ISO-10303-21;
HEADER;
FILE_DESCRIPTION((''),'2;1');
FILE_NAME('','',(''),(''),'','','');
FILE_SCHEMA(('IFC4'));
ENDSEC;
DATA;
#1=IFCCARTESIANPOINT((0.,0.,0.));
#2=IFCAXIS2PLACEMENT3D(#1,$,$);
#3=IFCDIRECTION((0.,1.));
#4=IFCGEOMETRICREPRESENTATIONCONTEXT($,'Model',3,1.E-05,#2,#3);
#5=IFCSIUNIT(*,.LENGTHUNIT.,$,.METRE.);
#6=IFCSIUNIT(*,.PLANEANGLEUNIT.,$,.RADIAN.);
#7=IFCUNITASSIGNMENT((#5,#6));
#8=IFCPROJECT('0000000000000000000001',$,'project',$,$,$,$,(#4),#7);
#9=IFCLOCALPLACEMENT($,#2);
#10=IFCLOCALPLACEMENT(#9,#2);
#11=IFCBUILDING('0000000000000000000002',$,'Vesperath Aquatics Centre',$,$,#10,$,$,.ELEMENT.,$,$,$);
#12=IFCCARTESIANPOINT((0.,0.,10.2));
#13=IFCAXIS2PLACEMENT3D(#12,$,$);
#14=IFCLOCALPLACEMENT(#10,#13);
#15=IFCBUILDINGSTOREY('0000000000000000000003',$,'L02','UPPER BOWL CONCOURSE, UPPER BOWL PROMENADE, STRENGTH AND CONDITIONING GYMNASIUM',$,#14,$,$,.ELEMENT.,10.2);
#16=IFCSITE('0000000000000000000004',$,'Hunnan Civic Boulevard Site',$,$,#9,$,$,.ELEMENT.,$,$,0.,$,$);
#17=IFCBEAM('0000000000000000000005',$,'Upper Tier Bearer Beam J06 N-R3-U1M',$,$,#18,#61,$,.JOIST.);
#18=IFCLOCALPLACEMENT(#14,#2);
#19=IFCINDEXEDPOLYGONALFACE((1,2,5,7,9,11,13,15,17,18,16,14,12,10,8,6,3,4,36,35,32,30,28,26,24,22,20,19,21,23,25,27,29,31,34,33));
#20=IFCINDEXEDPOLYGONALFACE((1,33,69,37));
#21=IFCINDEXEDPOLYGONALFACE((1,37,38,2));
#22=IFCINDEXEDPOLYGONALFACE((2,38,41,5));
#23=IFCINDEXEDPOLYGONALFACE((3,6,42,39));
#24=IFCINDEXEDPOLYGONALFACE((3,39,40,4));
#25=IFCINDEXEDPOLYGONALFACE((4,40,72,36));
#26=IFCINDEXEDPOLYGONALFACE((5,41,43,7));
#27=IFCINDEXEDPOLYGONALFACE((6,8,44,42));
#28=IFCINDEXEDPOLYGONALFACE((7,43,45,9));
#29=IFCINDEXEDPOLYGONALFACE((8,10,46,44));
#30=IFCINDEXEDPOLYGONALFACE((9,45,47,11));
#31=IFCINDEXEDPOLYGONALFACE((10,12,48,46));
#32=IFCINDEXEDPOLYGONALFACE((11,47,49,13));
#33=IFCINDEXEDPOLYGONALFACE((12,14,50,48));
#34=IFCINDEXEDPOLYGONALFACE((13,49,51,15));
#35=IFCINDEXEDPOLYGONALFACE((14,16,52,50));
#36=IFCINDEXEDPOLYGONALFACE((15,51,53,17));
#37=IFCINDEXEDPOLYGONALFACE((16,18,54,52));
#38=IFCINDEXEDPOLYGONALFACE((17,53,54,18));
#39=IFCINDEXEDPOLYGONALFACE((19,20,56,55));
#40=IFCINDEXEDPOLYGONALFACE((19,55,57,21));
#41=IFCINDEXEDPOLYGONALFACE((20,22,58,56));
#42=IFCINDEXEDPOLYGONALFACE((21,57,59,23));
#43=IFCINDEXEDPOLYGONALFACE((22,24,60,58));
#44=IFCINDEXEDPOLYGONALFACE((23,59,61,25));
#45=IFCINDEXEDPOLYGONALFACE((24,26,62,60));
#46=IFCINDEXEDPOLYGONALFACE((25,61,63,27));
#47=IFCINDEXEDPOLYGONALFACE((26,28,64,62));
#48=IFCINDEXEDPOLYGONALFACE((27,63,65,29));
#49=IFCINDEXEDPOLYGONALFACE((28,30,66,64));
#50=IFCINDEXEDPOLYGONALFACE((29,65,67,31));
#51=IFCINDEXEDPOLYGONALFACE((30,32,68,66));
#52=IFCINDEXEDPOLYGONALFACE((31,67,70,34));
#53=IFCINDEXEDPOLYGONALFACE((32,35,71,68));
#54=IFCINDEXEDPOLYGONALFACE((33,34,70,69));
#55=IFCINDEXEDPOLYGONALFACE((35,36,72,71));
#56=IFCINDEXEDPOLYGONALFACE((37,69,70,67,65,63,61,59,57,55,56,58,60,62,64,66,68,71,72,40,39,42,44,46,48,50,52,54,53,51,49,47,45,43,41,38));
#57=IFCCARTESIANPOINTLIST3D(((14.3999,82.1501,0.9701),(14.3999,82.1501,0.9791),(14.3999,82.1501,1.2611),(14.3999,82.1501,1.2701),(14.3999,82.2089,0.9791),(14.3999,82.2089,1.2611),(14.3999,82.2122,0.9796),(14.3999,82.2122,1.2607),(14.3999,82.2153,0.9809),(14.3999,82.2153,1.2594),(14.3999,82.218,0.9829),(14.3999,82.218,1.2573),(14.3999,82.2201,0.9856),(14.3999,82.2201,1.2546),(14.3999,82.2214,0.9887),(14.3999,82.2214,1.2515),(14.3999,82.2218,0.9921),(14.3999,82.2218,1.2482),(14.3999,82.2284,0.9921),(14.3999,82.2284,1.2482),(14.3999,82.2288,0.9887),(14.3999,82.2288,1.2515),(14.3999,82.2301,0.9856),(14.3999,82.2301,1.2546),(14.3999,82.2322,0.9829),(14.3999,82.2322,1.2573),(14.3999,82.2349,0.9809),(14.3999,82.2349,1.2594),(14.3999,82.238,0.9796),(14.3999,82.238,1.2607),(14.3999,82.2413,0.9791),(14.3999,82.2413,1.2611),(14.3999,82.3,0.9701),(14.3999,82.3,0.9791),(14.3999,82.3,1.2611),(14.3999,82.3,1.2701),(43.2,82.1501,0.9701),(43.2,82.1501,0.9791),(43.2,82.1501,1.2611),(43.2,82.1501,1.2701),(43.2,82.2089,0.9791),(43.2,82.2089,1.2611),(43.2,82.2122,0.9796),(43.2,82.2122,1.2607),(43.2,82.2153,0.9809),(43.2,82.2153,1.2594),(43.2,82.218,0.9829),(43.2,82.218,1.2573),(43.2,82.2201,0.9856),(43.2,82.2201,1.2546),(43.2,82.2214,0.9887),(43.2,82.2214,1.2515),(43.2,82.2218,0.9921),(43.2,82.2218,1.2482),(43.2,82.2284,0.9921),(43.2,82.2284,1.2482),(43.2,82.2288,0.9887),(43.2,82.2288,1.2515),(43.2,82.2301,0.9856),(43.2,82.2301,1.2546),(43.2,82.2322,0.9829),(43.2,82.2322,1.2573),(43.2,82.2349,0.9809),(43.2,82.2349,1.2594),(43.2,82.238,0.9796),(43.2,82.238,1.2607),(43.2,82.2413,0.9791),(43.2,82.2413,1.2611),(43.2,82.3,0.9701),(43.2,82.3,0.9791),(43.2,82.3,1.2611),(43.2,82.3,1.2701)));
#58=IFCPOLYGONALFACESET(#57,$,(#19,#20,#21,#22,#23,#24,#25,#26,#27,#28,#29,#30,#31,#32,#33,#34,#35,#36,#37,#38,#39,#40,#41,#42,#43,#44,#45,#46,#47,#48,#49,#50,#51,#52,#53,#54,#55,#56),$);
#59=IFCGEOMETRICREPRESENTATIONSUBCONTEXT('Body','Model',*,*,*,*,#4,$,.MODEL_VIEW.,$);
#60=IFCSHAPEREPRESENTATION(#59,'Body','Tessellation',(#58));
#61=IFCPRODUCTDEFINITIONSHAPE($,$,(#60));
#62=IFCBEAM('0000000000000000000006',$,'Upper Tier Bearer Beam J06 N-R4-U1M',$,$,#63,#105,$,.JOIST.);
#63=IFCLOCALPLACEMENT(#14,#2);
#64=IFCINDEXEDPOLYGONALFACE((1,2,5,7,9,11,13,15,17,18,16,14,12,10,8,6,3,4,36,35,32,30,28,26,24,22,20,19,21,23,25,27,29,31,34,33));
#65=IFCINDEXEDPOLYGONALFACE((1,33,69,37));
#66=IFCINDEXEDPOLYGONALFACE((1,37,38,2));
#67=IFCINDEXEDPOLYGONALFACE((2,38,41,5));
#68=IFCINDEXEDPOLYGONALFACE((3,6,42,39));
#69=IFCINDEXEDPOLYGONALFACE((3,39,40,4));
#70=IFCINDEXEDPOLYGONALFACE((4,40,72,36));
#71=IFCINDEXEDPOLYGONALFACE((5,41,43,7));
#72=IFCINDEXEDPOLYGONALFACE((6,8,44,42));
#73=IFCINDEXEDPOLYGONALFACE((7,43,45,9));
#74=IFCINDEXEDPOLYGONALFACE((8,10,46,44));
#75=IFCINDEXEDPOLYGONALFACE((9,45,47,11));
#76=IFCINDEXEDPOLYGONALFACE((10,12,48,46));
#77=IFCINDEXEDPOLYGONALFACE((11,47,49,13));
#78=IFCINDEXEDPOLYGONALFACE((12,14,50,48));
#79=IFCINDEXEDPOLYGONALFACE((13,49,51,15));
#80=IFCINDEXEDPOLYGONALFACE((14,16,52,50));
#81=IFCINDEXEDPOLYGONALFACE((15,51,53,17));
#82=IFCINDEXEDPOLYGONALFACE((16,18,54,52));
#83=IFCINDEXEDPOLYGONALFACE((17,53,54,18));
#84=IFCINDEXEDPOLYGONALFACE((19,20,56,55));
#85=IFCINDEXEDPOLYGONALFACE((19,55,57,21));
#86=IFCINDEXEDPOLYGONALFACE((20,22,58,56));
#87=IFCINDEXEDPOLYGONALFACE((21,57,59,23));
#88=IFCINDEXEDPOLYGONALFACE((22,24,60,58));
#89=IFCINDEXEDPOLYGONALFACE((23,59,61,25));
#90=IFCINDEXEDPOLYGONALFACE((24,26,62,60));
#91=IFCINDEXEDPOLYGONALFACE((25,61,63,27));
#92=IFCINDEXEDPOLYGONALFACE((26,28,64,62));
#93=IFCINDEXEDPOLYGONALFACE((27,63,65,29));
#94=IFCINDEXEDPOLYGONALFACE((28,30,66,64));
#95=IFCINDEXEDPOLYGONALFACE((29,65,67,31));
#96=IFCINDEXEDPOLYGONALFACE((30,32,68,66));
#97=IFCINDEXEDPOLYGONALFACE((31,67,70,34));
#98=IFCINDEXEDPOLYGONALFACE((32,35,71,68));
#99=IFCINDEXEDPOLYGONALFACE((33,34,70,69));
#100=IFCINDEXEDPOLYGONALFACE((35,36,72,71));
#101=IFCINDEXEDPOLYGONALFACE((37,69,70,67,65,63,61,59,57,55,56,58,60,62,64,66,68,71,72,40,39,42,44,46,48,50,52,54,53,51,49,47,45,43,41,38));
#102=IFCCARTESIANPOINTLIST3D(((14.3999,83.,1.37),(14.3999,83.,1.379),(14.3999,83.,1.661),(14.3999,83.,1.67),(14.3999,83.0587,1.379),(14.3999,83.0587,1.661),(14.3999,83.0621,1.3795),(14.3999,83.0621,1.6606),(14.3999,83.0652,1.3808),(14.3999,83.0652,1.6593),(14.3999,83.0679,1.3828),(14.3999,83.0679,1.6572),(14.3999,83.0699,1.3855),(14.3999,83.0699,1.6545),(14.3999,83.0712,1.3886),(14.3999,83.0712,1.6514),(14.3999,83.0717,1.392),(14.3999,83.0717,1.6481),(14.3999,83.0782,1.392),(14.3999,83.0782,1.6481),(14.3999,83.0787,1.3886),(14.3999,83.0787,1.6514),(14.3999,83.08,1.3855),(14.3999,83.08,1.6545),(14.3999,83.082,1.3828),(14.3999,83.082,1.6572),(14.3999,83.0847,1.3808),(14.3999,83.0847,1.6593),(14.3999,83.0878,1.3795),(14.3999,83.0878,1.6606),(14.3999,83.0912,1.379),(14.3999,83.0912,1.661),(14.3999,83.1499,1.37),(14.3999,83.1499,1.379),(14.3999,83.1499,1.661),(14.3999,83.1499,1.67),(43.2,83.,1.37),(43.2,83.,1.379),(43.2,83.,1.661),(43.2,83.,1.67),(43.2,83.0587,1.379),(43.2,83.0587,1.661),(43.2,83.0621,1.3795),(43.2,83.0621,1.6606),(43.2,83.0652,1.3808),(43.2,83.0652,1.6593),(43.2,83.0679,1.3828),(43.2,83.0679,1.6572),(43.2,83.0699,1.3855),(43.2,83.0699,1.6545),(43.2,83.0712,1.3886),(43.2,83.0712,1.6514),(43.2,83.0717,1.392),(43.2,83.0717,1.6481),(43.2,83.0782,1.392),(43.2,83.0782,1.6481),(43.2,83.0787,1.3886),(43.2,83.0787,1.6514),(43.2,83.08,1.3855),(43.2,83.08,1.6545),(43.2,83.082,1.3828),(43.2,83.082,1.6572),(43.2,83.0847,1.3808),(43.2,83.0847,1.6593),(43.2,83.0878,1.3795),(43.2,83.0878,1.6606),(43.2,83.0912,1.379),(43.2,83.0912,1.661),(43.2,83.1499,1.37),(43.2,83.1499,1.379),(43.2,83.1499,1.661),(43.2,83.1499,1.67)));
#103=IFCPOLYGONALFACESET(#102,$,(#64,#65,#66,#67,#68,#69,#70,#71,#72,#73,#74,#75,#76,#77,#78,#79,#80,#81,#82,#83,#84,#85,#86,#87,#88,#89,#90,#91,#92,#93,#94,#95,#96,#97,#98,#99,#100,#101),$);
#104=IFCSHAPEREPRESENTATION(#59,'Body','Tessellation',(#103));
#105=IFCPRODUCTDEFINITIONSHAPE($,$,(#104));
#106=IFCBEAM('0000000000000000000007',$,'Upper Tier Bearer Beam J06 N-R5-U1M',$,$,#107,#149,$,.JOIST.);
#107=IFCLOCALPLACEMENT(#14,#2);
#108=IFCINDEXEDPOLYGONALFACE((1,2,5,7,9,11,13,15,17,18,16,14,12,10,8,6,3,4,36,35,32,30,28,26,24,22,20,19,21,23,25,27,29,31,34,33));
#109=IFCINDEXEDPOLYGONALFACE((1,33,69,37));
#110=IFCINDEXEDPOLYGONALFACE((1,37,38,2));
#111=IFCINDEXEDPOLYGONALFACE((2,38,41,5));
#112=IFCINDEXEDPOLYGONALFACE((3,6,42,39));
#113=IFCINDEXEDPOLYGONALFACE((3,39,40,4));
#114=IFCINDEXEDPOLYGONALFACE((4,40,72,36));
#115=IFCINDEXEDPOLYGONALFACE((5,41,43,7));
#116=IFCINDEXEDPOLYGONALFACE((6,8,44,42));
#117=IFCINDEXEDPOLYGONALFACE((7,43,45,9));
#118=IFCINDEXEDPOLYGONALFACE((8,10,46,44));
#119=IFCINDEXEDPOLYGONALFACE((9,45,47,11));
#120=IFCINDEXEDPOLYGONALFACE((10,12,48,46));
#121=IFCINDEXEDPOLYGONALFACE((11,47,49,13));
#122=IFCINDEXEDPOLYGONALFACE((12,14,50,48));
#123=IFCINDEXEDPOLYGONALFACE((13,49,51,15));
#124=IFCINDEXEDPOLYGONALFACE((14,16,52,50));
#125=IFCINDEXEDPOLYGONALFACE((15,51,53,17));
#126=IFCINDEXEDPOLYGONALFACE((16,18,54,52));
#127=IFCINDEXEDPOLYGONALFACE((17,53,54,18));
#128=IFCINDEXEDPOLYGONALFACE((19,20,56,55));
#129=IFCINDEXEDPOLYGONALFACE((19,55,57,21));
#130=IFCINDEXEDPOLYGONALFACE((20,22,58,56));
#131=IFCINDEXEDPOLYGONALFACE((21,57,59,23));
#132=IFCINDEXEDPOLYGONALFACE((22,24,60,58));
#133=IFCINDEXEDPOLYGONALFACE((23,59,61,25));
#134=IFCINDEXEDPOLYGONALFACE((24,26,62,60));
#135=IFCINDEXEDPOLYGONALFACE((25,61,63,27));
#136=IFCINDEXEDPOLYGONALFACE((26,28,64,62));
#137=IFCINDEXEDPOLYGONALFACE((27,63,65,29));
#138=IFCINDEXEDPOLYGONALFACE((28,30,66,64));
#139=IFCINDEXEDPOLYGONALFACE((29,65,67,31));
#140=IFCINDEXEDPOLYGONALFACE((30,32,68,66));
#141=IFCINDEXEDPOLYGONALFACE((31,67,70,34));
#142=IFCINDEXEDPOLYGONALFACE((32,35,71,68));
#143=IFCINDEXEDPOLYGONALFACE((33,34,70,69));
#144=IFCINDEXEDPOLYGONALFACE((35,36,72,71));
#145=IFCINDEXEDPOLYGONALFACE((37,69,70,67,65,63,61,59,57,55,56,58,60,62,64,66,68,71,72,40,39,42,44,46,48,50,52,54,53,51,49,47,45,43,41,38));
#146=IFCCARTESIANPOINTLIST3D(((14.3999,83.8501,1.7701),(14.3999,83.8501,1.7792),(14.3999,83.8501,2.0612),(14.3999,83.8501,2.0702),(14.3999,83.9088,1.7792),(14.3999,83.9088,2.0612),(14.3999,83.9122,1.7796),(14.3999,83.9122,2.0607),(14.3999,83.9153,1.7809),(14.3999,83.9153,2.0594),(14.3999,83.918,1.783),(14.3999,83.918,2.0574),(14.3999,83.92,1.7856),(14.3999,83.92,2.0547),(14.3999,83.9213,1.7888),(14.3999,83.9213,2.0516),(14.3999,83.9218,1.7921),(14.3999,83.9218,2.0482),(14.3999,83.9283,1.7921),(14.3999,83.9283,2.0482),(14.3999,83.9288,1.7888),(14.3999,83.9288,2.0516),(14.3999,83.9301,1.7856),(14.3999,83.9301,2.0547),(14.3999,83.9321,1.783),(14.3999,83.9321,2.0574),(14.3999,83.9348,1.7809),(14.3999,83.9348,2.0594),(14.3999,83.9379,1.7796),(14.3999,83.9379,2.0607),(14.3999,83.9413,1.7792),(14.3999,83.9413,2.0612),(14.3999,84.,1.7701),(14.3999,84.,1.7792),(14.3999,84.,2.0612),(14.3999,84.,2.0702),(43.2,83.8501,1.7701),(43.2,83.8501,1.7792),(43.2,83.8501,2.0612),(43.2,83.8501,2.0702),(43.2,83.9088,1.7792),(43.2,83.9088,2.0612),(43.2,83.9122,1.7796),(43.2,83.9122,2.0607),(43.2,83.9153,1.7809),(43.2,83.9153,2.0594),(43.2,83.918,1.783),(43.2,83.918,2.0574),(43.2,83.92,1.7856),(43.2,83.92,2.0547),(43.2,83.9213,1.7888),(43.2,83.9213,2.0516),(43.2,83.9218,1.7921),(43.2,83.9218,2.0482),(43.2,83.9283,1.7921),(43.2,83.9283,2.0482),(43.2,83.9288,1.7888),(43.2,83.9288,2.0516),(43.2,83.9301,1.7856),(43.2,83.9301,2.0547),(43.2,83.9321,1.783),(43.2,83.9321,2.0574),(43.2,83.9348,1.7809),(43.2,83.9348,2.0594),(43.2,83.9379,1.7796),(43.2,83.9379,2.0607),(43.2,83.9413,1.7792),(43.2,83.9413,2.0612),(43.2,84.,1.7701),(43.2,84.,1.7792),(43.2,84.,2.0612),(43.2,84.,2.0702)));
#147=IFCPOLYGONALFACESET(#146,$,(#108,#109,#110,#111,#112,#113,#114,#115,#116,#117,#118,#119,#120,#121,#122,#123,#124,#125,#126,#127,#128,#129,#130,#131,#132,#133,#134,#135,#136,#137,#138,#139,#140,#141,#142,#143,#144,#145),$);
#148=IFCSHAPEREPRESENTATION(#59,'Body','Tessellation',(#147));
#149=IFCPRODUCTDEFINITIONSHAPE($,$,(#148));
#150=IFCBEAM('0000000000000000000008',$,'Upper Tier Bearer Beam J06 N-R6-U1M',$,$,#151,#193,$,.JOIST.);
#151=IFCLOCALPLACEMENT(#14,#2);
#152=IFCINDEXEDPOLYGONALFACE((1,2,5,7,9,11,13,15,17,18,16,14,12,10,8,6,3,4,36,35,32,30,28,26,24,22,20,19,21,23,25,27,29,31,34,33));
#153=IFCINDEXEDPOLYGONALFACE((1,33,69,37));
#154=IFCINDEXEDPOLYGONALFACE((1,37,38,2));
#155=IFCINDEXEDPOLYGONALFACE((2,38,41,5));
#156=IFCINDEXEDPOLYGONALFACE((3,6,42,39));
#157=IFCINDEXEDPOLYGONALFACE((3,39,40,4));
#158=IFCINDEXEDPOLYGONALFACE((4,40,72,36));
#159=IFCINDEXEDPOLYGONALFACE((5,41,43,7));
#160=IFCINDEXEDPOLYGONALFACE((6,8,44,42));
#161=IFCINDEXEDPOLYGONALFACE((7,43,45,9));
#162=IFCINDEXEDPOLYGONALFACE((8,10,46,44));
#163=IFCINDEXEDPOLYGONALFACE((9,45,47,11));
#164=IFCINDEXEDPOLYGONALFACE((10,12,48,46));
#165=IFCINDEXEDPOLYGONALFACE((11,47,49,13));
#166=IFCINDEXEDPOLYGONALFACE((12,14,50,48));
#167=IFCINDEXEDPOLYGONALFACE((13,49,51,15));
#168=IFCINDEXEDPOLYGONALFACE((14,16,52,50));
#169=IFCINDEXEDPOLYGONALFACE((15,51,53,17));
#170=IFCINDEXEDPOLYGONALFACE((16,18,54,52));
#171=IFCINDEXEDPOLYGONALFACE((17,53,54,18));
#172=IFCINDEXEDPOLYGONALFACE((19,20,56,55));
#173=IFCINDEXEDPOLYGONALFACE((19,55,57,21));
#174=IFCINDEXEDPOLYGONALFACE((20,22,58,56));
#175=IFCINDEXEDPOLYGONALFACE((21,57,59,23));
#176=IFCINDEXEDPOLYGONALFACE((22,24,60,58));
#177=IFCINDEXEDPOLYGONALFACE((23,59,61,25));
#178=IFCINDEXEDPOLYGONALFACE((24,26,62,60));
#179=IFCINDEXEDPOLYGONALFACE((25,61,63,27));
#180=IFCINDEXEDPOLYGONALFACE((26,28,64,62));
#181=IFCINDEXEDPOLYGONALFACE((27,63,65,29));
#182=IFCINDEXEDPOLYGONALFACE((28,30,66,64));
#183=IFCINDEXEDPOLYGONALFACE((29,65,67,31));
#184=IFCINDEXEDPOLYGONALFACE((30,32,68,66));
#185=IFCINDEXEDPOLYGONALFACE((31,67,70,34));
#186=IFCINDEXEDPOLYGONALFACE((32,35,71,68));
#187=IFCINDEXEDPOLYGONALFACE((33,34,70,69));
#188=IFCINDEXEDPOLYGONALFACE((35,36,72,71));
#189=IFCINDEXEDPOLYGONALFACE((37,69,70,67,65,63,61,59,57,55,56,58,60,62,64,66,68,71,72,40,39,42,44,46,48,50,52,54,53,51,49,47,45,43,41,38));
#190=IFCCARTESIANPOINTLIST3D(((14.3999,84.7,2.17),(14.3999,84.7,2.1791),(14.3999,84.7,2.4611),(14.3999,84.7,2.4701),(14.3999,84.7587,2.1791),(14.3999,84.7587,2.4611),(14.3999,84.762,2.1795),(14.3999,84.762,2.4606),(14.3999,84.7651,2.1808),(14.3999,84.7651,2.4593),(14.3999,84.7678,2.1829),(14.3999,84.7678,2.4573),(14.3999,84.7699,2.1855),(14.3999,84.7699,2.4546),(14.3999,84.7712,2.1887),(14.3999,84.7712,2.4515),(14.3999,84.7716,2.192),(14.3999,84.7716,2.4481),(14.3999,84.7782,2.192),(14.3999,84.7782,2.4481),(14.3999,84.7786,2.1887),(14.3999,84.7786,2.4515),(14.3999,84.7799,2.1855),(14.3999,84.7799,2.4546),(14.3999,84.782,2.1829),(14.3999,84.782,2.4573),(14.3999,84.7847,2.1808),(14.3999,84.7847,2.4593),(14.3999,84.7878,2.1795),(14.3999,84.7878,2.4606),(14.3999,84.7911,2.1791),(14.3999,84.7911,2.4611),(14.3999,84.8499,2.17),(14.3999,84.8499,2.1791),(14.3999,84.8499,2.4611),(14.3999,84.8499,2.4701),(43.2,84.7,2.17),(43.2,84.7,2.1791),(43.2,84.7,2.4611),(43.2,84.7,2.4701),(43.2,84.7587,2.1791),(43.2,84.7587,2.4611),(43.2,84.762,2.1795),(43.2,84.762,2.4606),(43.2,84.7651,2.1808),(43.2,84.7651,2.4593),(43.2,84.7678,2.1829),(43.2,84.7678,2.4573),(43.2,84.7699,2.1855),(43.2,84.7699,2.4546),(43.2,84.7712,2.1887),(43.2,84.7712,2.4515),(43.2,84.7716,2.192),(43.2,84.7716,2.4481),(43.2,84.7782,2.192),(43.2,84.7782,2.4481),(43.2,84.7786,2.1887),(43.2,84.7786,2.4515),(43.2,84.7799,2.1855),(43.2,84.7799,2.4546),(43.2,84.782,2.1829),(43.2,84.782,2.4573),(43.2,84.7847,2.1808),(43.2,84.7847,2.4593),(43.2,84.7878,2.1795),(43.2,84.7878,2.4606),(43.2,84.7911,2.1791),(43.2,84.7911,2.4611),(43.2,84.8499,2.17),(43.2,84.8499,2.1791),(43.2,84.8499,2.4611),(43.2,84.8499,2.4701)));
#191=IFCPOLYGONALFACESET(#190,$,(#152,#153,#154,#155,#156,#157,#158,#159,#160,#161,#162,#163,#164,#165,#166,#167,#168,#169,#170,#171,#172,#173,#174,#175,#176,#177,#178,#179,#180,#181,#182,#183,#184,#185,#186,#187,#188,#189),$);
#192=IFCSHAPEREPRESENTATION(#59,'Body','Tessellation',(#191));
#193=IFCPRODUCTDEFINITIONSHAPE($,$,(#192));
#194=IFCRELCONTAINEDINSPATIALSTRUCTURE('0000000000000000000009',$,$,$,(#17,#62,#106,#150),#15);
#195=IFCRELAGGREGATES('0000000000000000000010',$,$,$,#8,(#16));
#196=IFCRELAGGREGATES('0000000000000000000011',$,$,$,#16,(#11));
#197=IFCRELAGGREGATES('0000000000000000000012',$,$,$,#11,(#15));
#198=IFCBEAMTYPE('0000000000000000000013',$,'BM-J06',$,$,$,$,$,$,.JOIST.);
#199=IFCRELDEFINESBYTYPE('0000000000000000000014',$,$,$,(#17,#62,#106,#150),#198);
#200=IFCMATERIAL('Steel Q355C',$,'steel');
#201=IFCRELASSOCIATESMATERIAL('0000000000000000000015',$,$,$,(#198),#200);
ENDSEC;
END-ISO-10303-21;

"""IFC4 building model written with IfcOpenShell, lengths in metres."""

from ifc_helpers import new_model, si_unit, direction, frame, origin, origin_2d, place, context, subcontext, project, spatial, i_section, extrude, material, material_profile, profile_set, type_object, element, save


model = new_model("IFC4")

# Units and contexts
model_context = context("Model", 3, precision=1e-05, world=origin(), true_north=direction((0.0, 1.0)))
body_context = subcontext(model_context, "Body", "Model", "MODEL_VIEW")
ifc_project = project(units=[si_unit("LENGTHUNIT", "METRE"), si_unit("PLANEANGLEUNIT", "RADIAN")], contexts=[model_context])

# Site, building, storey
site_placement = place(None, origin())
site = spatial("IfcSite", under=ifc_project, at=site_placement, Name="Hunnan Civic Boulevard Site", CompositionType="ELEMENT", RefElevation=0.0)
building_placement = place(site_placement, origin())
building = spatial("IfcBuilding", under=site, at=building_placement, Name="Vesperath Aquatics Centre", CompositionType="ELEMENT")
storey_placement = place(building_placement, frame((0.0, 0.0, 10.2)))
storey = spatial("IfcBuildingStorey", under=building, at=storey_placement, Name="L02", Description="UPPER BOWL CONCOURSE, UPPER BOWL PROMENADE, STRENGTH AND CONDITIONING GYMNASIUM", CompositionType="ELEMENT", Elevation=10.2)

# Beams
ifc_material_1 = material(Name="Steel Q355C", Category="steel")
ifc_material_profile_1 = material_profile(ifc_material_1, i_section(OverallWidth=0.1499, OverallDepth=0.3, WebThickness=0.0066, FlangeThickness=0.009, FilletRadius=0.0129, at=origin_2d()), Name="HN 300x150x6.5x9")
ifc_profile_set_1 = profile_set([ifc_material_profile_1], Name="Steel Q355C")
beam_type_1 = type_object("IfcBeamType", Name="BM-J06", PredefinedType="JOIST", material=ifc_profile_set_1)
for number, where, z_axis, x_axis, name in (
    (1, (14.3999, 82.2251, 1.1201), (1.0, 0.0, 0.0), (0.0, 1.0, 0.0), "Upper Tier Bearer Beam J06 N-R3-U1M"),
    (2, (14.3999, 83.075, 1.52), (1.0, 0.0, 0.0), (0.0, 1.0, 0.0), "Upper Tier Bearer Beam J06 N-R4-U1M"),
    (3, (14.3999, 83.925, 1.9202), (1.0, 0.0, 0.0), (0.0, 1.0, 0.0), "Upper Tier Bearer Beam J06 N-R5-U1M"),
    (4, (14.3999, 84.7749, 2.3201), (1.0, 0.0, 0.0), (0.0, 1.0, 0.0), "Upper Tier Bearer Beam J06 N-R6-U1M"),
):
    element("IfcBeam", number, at=place(storey_placement, frame(where, z_axis=z_axis, x_axis=x_axis)), inside=storey, type_object=beam_type_1, Name=name, PredefinedType="JOIST", context=body_context, shape_type="SweptSolid", body=[
        extrude(i_section(OverallWidth=0.1499, OverallDepth=0.3, WebThickness=0.0066, FlangeThickness=0.009, FilletRadius=0.0129, at=origin_2d()), origin(), (0.0, 0.0, 1.0), 28.8),
    ])

save(model, "model.ifc")
